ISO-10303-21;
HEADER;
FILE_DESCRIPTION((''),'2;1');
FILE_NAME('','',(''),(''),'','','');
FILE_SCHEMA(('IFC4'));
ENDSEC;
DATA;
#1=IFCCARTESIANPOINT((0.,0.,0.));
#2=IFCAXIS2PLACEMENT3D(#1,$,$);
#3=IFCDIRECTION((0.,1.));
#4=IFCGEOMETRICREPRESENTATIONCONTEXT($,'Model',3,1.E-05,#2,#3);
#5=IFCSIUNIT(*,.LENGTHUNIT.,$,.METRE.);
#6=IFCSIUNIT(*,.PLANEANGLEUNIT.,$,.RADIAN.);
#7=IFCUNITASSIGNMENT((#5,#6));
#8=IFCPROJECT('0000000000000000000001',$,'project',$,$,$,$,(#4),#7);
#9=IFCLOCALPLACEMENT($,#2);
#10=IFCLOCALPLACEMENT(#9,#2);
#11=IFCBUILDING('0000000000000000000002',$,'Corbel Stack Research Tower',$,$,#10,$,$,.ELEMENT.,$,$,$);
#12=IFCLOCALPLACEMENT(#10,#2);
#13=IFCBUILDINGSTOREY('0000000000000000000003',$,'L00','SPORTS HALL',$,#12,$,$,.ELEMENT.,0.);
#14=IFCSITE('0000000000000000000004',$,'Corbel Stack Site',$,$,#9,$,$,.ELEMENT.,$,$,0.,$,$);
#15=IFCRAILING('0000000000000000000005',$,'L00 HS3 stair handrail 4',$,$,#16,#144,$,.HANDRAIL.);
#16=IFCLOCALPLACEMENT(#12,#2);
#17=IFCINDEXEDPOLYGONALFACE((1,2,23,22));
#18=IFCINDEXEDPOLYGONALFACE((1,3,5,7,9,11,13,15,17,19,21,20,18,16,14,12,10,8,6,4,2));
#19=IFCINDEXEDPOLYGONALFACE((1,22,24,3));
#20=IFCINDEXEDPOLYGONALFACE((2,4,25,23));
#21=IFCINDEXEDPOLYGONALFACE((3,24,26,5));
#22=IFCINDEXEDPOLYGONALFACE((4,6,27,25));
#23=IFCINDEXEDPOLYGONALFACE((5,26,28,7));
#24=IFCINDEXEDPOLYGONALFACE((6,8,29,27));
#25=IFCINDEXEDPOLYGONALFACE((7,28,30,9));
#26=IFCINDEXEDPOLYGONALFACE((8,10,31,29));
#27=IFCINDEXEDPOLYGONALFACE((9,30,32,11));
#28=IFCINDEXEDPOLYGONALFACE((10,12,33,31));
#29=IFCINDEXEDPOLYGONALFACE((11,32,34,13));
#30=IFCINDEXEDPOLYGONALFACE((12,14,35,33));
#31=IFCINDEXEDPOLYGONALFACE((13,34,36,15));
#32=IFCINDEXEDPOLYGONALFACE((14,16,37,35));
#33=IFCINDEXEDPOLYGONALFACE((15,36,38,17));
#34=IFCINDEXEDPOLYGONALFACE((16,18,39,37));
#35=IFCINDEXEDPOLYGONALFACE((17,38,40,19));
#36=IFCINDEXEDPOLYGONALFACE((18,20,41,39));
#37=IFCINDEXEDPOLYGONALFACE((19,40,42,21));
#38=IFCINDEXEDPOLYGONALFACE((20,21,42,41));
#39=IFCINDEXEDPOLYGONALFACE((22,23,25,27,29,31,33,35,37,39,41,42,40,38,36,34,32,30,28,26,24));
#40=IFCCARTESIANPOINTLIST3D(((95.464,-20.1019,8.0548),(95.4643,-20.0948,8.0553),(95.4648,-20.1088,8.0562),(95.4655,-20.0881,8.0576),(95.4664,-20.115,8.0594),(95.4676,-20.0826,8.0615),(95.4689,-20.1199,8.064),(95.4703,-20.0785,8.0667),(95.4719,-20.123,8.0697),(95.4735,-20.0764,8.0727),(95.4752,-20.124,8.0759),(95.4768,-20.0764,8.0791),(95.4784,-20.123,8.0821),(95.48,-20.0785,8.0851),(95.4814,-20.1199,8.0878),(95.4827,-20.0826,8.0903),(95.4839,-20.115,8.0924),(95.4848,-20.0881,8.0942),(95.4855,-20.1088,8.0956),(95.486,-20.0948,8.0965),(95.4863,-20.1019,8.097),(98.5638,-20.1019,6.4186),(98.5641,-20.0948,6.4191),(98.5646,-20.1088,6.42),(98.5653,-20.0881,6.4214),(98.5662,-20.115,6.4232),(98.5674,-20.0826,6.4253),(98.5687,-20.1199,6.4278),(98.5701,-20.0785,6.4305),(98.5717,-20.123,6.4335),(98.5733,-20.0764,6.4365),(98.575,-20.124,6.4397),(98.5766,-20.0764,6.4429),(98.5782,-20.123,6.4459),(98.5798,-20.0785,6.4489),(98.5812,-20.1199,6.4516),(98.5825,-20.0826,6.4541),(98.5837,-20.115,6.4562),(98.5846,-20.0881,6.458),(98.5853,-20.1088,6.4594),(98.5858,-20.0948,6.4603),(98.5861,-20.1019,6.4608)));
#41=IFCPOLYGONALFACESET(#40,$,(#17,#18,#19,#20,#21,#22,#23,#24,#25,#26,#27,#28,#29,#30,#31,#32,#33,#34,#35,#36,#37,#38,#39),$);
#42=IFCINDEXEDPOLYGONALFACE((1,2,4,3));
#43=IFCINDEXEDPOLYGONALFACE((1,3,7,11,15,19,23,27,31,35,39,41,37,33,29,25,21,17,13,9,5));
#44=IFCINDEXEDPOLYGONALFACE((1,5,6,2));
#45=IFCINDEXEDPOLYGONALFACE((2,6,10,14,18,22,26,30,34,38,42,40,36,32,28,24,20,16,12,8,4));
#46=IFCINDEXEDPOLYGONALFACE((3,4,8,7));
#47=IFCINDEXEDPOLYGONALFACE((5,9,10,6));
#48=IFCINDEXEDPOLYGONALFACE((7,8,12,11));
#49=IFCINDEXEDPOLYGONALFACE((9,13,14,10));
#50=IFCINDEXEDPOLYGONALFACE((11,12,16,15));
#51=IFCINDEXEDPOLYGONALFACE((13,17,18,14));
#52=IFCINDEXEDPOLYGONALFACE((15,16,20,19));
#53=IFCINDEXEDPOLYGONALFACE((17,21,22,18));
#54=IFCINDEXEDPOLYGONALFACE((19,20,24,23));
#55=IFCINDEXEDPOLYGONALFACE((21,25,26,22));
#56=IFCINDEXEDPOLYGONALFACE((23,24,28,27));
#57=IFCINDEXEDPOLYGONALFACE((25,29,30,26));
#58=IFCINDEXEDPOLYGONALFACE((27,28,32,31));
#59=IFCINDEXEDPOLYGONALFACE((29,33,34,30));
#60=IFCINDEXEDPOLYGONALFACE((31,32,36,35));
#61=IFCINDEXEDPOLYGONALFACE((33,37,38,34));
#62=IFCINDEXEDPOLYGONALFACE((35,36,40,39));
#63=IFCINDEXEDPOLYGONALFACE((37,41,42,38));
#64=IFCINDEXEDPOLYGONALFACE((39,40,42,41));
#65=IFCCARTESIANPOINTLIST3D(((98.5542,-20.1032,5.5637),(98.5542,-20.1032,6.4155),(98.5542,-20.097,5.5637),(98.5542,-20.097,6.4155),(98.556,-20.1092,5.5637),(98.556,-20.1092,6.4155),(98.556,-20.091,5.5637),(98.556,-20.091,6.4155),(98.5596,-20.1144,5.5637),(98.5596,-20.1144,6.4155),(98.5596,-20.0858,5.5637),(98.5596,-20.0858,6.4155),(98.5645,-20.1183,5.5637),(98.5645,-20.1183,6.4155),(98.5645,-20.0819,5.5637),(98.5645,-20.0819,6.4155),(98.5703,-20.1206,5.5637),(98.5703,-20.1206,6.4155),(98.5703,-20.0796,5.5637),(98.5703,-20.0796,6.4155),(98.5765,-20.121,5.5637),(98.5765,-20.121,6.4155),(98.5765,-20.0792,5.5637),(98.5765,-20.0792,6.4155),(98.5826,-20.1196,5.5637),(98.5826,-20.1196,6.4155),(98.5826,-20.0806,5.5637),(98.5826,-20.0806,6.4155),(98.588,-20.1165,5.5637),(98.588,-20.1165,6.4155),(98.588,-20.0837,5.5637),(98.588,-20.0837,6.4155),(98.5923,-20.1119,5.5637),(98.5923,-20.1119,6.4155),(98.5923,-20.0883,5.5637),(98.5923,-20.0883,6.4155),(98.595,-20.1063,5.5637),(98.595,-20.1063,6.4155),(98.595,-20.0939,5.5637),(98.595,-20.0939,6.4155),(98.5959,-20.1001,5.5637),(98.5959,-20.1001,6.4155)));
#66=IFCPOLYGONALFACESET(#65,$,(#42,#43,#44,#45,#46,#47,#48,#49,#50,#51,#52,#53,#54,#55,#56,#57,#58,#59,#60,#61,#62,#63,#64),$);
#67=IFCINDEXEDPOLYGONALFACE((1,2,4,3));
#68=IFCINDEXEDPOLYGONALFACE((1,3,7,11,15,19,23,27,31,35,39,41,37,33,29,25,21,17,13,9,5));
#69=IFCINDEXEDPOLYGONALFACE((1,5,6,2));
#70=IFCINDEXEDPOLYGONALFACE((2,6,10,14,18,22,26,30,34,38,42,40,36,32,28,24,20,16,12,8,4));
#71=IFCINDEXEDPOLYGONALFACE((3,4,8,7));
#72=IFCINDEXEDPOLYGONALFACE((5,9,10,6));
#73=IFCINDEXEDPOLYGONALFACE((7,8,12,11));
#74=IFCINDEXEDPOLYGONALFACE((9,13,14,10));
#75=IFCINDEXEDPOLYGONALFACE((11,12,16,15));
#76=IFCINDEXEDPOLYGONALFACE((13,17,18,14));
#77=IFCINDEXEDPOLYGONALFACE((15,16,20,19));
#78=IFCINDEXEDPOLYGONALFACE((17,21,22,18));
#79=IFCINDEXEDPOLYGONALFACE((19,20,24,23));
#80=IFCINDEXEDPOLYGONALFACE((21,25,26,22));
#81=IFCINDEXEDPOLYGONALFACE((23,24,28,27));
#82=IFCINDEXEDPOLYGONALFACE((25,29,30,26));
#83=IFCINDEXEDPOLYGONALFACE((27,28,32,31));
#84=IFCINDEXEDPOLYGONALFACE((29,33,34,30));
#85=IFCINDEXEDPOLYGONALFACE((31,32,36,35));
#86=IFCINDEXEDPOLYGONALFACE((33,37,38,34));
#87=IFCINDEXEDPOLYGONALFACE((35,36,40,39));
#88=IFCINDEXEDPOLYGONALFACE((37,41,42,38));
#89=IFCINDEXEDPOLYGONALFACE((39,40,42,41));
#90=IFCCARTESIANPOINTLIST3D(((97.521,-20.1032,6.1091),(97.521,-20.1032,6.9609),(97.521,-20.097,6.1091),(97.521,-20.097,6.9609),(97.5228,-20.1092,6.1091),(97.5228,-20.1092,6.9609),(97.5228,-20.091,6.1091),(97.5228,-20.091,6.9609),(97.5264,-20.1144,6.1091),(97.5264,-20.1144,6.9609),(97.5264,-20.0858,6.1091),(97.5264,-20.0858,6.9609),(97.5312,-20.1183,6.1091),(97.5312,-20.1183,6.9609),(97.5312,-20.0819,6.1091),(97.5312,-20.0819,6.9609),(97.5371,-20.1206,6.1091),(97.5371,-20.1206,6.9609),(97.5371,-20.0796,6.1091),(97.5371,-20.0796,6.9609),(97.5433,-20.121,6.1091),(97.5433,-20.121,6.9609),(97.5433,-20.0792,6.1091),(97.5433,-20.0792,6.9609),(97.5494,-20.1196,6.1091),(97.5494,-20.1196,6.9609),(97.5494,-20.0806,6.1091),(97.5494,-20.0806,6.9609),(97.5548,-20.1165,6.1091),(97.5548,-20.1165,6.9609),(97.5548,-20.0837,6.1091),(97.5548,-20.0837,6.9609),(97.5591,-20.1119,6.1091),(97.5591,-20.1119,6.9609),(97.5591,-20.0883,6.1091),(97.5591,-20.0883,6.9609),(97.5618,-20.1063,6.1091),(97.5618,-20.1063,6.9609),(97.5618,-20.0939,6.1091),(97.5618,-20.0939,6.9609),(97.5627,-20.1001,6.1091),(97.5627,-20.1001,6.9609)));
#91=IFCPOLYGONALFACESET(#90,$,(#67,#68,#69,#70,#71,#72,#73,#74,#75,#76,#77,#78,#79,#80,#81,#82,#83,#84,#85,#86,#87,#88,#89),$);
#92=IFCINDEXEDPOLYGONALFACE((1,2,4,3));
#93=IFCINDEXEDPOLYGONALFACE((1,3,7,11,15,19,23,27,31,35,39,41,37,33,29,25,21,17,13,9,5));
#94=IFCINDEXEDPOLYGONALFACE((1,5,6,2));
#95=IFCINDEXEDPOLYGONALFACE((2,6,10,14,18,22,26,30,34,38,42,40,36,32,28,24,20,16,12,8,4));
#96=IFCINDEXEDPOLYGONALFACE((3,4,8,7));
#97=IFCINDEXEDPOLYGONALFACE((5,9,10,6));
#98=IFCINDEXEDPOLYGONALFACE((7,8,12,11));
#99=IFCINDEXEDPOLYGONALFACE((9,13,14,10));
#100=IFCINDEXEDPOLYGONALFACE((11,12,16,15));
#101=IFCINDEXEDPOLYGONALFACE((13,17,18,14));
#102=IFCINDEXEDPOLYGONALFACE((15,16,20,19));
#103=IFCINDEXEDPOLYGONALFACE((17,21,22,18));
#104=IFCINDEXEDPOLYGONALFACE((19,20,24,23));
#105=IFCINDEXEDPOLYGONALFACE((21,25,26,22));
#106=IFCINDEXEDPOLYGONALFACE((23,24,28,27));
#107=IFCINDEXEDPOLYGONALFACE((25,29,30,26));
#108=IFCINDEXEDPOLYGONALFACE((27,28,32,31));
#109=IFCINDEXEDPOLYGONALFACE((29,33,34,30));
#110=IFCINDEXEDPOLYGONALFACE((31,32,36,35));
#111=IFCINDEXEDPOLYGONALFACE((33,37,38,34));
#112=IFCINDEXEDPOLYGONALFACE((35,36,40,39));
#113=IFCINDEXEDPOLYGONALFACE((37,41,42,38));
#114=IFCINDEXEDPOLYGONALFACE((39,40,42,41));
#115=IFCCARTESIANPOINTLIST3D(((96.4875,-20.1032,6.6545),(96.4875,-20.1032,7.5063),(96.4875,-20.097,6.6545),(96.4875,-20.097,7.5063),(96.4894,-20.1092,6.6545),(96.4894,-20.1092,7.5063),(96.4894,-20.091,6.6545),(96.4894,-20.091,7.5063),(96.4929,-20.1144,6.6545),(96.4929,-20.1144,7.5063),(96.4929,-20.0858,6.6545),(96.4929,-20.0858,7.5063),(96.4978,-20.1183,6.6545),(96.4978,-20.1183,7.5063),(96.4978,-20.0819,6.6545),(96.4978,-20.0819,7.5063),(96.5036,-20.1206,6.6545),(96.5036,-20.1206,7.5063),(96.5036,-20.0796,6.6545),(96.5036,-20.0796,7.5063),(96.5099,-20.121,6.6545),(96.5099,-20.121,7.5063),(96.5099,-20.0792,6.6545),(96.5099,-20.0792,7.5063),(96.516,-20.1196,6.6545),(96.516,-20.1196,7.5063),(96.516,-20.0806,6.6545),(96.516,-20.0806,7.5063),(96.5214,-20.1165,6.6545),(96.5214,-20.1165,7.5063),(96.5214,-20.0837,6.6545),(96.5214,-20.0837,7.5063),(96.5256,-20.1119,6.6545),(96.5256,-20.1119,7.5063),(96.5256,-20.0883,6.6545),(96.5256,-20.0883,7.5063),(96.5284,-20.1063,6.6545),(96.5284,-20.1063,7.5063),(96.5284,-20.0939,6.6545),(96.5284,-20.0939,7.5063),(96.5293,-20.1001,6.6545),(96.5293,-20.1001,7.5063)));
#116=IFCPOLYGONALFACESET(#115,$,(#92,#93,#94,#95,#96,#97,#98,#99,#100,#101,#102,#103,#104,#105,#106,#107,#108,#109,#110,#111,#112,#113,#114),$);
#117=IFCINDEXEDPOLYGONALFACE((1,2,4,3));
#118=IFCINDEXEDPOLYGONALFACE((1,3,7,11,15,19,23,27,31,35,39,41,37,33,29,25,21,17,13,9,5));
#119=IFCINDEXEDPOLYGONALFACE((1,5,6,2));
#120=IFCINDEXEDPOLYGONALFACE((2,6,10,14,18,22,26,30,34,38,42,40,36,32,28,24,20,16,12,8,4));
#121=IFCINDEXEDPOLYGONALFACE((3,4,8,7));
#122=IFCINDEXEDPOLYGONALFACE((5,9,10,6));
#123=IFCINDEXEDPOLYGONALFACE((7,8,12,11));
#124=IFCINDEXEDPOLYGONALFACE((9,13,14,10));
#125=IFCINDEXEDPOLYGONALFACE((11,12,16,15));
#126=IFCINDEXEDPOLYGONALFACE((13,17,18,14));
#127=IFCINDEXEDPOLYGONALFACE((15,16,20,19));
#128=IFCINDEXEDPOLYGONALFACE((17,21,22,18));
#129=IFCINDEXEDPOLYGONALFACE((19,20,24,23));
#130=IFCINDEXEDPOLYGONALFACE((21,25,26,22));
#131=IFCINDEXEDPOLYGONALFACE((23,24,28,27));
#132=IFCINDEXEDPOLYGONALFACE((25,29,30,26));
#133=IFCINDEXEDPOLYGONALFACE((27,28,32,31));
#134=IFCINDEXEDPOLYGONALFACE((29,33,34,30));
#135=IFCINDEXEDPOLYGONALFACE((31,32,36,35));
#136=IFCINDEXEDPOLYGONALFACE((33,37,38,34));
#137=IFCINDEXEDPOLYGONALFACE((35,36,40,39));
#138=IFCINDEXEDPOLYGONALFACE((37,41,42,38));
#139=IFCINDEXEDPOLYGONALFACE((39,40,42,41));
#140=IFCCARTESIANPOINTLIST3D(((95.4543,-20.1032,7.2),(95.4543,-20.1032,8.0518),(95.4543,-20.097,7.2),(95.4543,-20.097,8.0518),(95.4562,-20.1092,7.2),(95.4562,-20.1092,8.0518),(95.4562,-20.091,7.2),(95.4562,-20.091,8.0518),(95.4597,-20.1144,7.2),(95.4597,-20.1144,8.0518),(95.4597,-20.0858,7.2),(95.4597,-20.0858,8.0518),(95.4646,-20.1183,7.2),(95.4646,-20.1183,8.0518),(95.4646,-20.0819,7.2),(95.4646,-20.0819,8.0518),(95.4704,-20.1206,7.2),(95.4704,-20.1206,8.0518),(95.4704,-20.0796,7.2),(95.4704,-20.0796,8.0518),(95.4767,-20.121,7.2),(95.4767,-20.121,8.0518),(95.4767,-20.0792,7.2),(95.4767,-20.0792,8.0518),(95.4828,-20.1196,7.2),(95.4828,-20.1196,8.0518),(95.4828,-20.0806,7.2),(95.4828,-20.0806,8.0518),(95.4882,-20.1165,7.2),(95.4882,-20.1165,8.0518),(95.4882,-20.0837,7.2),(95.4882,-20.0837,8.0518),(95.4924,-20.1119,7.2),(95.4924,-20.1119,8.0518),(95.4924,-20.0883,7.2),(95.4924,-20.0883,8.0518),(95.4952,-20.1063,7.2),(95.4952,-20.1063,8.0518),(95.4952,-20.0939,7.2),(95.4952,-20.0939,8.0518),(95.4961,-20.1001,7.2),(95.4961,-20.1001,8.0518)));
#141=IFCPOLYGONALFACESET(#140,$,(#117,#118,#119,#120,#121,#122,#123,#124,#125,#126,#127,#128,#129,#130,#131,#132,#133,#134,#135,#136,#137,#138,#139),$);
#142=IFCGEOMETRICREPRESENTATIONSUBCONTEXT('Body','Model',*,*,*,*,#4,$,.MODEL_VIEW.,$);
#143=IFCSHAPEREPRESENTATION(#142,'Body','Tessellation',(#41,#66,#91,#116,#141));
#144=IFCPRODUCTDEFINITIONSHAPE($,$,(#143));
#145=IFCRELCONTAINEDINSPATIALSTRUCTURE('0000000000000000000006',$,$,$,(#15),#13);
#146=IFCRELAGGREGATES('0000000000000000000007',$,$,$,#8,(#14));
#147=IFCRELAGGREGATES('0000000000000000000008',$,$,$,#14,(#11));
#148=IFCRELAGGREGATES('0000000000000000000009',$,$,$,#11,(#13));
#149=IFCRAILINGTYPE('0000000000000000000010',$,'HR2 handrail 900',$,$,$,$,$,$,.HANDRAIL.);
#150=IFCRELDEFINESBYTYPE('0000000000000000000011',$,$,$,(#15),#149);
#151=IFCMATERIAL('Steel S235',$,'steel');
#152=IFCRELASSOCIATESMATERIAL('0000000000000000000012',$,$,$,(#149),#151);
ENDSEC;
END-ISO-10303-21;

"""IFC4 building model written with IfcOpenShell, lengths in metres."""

from ifc_helpers import new_model, si_unit, direction, frame, origin, origin_2d, place, context, subcontext, project, spatial, circle, extrude, material, type_object, element, save


model = new_model("IFC4")

# Units and contexts
model_context = context("Model", 3, precision=1e-05, world=origin(), true_north=direction((0.0, 1.0)))
body_context = subcontext(model_context, "Body", "Model", "MODEL_VIEW")
ifc_project = project(units=[si_unit("LENGTHUNIT", "METRE"), si_unit("PLANEANGLEUNIT", "RADIAN")], contexts=[model_context])

# Site, building, storey
site_placement = place(None, origin())
site = spatial("IfcSite", under=ifc_project, at=site_placement, Name="Corbel Stack Site", CompositionType="ELEMENT", RefElevation=0.0)
building_placement = place(site_placement, origin())
building = spatial("IfcBuilding", under=site, at=building_placement, Name="Corbel Stack Research Tower", CompositionType="ELEMENT")
storey_placement = place(building_placement, origin())
storey = spatial("IfcBuildingStorey", under=building, at=storey_placement, Name="L00", Description="SPORTS HALL", CompositionType="ELEMENT", Elevation=0.0)

# Railing
ifc_material_1 = material(Name="Steel S235", Category="steel")
railing_type_1 = type_object("IfcRailingType", Name="HR2 handrail 900", PredefinedType="HANDRAIL", material=ifc_material_1)
railing_1_placement = place(storey_placement, frame((98.575, -20.1001, 5.5637)))
element("IfcRailing", 1, at=railing_1_placement, inside=storey, type_object=railing_type_1, Name="L00 HS3 stair handrail 4", PredefinedType="HANDRAIL", context=body_context, shape_type="SweptSolid", body=[
    extrude(circle(Radius=0.0239, at=origin_2d()), frame((0.0, 0.0, 0.876), z_axis=(-0.884362, 0.0, 0.466803), x_axis=(0.0, -1.0, 0.0)), (0.0, 0.0, 1.0), 3.5051),
    extrude(circle(Radius=0.021, at=origin_2d()), origin(), (0.0, 0.0, 1.0), 0.8518),
    extrude(circle(Radius=0.021, at=origin_2d()), frame((-1.0332, 0.0, 0.5454)), (0.0, 0.0, 1.0), 0.8518),
    extrude(circle(Radius=0.021, at=origin_2d()), frame((-2.0667, 0.0, 1.0908)), (0.0, 0.0, 1.0), 0.8518),
    extrude(circle(Radius=0.021, at=origin_2d()), frame((-3.0999, 0.0, 1.6362)), (0.0, 0.0, 1.0), 0.8518),
])

save(model, "model.ifc")
